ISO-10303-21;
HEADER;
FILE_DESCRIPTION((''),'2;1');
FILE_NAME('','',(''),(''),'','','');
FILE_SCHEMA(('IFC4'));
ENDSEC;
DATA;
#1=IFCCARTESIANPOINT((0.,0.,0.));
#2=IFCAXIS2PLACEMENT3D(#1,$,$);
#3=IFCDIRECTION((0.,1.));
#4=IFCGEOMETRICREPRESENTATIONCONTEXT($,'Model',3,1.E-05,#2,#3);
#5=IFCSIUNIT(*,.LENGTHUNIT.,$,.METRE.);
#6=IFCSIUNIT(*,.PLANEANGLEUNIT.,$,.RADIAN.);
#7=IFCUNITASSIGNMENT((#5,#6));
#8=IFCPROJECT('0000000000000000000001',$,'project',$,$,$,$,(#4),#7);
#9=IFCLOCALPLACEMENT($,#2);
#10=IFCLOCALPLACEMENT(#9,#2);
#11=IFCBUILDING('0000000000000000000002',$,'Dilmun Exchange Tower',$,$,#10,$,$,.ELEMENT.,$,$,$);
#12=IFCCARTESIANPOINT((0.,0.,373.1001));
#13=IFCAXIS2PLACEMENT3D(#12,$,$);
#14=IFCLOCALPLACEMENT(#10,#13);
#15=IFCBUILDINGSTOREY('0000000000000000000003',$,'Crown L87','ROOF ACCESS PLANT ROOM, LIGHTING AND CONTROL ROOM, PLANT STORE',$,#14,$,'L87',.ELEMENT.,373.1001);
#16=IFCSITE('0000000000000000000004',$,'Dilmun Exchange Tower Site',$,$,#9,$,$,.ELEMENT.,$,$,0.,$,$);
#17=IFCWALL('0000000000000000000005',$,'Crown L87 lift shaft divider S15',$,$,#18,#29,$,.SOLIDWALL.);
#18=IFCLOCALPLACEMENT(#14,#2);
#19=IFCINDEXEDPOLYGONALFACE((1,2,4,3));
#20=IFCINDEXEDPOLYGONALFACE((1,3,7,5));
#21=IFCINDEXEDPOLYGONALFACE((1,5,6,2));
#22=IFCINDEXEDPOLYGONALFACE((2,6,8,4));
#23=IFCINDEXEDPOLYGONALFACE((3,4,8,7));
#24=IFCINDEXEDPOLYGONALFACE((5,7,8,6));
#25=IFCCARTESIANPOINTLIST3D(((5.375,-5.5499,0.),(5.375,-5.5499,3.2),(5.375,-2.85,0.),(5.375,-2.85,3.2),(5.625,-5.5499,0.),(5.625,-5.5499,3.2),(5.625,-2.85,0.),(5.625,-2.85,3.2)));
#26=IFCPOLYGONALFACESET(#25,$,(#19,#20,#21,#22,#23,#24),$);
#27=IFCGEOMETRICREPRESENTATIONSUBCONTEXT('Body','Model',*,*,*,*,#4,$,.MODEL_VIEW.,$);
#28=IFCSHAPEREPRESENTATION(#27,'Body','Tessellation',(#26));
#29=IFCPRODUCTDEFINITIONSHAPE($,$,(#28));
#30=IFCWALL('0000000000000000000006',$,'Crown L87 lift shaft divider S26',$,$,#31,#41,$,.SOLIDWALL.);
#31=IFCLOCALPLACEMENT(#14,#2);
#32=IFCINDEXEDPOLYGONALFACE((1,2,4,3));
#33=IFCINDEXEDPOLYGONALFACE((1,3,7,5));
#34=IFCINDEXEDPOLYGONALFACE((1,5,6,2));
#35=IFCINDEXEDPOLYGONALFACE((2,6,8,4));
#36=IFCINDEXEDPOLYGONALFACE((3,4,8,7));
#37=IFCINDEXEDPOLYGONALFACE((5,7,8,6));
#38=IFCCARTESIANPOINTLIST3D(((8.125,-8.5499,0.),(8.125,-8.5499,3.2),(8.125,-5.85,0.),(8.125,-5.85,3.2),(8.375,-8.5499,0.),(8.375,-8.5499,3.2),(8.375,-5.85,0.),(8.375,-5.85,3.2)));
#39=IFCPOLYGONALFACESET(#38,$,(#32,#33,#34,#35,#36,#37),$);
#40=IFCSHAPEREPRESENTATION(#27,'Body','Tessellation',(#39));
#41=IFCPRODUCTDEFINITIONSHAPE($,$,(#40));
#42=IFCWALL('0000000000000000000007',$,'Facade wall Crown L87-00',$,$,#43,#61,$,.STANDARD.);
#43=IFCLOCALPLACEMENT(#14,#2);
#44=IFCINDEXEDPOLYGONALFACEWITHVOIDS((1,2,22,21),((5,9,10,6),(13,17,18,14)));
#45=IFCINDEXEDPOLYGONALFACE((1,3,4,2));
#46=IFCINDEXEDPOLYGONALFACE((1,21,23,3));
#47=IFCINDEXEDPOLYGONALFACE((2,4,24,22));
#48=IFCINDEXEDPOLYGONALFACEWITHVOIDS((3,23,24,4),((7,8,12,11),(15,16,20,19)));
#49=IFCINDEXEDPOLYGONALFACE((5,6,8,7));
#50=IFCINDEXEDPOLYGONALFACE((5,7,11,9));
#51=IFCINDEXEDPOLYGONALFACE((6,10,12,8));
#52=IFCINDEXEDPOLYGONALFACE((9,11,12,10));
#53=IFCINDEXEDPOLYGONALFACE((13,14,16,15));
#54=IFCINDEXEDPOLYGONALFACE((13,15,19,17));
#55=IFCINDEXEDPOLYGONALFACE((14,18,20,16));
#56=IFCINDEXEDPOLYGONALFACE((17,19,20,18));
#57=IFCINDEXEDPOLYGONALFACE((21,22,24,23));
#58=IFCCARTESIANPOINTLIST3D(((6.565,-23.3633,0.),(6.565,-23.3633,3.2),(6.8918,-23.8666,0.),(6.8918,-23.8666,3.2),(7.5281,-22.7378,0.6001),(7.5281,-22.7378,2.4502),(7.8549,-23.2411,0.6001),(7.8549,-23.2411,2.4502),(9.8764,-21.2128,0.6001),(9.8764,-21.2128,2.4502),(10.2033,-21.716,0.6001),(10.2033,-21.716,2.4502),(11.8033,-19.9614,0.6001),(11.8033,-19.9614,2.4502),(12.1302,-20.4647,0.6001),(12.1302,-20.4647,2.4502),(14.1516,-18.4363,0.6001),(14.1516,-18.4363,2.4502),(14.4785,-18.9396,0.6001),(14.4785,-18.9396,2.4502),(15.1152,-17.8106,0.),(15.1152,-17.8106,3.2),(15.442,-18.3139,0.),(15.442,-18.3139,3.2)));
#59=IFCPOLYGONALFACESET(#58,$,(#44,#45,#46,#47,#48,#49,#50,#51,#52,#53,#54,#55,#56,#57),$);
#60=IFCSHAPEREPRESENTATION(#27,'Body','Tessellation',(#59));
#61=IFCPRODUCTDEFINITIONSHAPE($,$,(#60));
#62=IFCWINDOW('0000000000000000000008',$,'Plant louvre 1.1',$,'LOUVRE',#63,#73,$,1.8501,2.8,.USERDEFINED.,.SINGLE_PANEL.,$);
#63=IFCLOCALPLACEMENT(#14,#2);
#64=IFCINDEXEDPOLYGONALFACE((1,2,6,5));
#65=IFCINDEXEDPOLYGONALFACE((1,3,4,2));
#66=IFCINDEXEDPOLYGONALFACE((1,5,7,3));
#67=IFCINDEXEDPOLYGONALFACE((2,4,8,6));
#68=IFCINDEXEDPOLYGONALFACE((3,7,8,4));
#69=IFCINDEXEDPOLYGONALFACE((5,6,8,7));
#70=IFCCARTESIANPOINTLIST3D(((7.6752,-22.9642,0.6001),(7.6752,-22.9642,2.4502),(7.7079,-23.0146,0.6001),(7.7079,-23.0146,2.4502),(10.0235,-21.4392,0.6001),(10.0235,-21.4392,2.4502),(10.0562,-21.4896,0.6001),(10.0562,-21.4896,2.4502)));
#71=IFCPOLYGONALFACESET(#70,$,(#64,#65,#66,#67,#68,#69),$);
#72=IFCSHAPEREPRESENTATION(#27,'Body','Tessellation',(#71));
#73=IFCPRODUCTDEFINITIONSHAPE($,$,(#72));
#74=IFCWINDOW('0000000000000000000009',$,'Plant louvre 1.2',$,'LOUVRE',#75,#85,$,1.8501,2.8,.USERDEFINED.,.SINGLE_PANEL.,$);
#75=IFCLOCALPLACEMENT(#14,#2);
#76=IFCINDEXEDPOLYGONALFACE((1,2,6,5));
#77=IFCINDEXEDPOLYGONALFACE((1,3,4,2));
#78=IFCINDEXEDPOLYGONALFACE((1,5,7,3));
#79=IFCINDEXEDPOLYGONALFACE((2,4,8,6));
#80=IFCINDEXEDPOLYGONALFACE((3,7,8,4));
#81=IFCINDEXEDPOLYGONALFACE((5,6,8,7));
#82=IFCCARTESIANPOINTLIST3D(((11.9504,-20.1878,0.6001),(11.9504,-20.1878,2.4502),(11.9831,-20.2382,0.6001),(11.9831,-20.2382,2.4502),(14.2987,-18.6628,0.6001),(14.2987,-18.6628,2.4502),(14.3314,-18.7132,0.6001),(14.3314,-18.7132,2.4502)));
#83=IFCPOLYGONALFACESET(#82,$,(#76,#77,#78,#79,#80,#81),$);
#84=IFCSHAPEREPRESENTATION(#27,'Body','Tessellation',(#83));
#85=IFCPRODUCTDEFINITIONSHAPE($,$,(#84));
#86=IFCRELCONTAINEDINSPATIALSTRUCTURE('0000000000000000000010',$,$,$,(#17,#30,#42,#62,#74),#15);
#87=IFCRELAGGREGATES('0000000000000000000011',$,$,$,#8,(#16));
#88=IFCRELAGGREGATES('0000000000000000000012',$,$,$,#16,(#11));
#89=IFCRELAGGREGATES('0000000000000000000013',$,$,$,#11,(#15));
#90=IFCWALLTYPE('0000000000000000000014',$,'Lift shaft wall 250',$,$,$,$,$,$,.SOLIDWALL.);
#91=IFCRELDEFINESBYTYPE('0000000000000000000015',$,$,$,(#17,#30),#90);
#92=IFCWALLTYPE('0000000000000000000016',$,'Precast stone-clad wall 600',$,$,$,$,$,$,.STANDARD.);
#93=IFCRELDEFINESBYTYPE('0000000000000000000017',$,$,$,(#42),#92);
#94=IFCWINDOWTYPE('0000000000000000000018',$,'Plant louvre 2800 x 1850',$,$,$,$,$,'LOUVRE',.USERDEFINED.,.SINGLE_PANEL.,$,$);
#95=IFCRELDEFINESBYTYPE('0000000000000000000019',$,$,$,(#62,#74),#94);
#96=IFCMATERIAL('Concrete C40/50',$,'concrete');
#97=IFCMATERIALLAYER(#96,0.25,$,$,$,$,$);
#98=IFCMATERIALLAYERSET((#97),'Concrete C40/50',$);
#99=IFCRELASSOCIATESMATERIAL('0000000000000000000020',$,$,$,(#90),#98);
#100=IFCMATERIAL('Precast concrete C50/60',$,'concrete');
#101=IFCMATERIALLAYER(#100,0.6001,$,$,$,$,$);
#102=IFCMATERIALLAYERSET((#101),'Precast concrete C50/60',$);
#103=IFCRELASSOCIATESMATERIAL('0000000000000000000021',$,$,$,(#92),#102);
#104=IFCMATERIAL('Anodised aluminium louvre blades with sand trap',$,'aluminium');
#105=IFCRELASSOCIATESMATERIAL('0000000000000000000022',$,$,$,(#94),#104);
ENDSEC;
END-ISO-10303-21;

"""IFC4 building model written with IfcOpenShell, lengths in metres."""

from ifc_helpers import new_model, si_unit, direction, frame, frame_2d, origin, place, context, subcontext, project, spatial, rectangle, extrude, material, layer, layer_set, type_object, element, fill, save


model = new_model("IFC4")

# Units and contexts
model_context = context("Model", 3, precision=1e-05, world=origin(), true_north=direction((0.0, 1.0)))
body_context = subcontext(model_context, "Body", "Model", "MODEL_VIEW")
ifc_project = project(units=[si_unit("LENGTHUNIT", "METRE"), si_unit("PLANEANGLEUNIT", "RADIAN")], contexts=[model_context])

# Site, building, storey
site_placement = place(None, origin())
site = spatial("IfcSite", under=ifc_project, at=site_placement, Name="Dilmun Exchange Tower Site", CompositionType="ELEMENT", RefElevation=0.0)
building_placement = place(site_placement, origin())
building = spatial("IfcBuilding", under=site, at=building_placement, Name="Dilmun Exchange Tower", CompositionType="ELEMENT")
storey_placement = place(building_placement, frame((0.0, 0.0, 373.1001)))
storey = spatial("IfcBuildingStorey", under=building, at=storey_placement, Name="Crown L87", Description="ROOF ACCESS PLANT ROOM, LIGHTING AND CONTROL ROOM, PLANT STORE", LongName="L87", CompositionType="ELEMENT", Elevation=373.1001)

# Shared definitions
ifc_material_1 = material(Name="Concrete C40/50", Category="concrete")

# Walls
ifc_layer_1 = layer(ifc_material_1, 0.25)
ifc_layer_set_1 = layer_set([ifc_layer_1], Name="Concrete C40/50")
wall_type_1 = type_object("IfcWallType", Name="Lift shaft wall 250", PredefinedType="SOLIDWALL", material=ifc_layer_set_1)
for number, where, z_axis, x_axis, name in (
    (1, (5.5, -5.55, 0.0), (0.0, 0.0, 1.0), (0.0, 1.0, 0.0), "Crown L87 lift shaft divider S15"),
    (2, (8.25, -8.55, 0.0), (0.0, 0.0, 1.0), (0.0, 1.0, 0.0), "Crown L87 lift shaft divider S26"),
):
    element("IfcWall", number, at=place(storey_placement, frame(where, z_axis=z_axis, x_axis=x_axis)), inside=storey, type_object=wall_type_1, Name=name, PredefinedType="SOLIDWALL", context=body_context, shape_type="SweptSolid", body=[
        extrude(rectangle(XDim=2.7, YDim=0.25, at=frame_2d((1.3501, 0.0))), origin(), (0.0, 0.0, 1.0), 3.2),
    ])

# Wall, openings, windows
ifc_material_2 = material(Name="Precast concrete C50/60", Category="concrete")
ifc_layer_2 = layer(ifc_material_2, 0.6001)
ifc_layer_set_2 = layer_set([ifc_layer_2], Name="Precast concrete C50/60")
wall_type_2 = type_object("IfcWallType", Name="Precast stone-clad wall 600", PredefinedType="STANDARD", material=ifc_layer_set_2)
wall_1_placement = place(storey_placement, frame((6.7283, -23.615, 0.0), z_axis=(0.0, 0.0, 1.0), x_axis=(0.838666, 0.544647, 0.0)))
wall_1 = element("IfcWall", 3, at=wall_1_placement, inside=storey, type_object=wall_type_2, Name="Facade wall Crown L87-00", PredefinedType="STANDARD", context=body_context, shape_type="SweptSolid", body=[
    extrude(rectangle(XDim=10.1951, YDim=0.6001, at=frame_2d((5.0977, 0.0))), origin(), (0.0, 0.0, 1.0), 3.2),
])
opening_1_placement = place(wall_1_placement, frame((1.1487, 0.0, 0.6001)))
opening_1 = element("IfcOpeningElement", 4, at=opening_1_placement, cuts=wall_1, PredefinedType="OPENING", context=body_context, shape_type="SweptSolid", body=[
    extrude(rectangle(XDim=2.8, YDim=1.8501, at=frame_2d((1.3999, 0.925))), frame((0.0, 0.3101, 0.0), z_axis=(0.0, -1.0, 0.0), x_axis=(1.0, 0.0, 0.0)), (0.0, 0.0, 1.0), 0.6201),
])
opening_2_placement = place(wall_1_placement, frame((6.2463, 0.0, 0.6001)))
opening_2 = element("IfcOpeningElement", 5, at=opening_2_placement, cuts=wall_1, PredefinedType="OPENING", context=body_context, shape_type="SweptSolid", body=[
    extrude(rectangle(XDim=2.8, YDim=1.8501, at=frame_2d((1.3999, 0.925))), frame((0.0, 0.3101, 0.0), z_axis=(0.0, -1.0, 0.0), x_axis=(1.0, 0.0, 0.0)), (0.0, 0.0, 1.0), 0.6201),
])
ifc_material_3 = material(Name="Anodised aluminium louvre blades with sand trap", Category="aluminium")
window_type_1 = type_object("IfcWindowType", Name="Plant louvre 2800 x 1850", ElementType="LOUVRE", PartitioningType="SINGLE_PANEL", PredefinedType="USERDEFINED", material=ifc_material_3)
window_1_placement = place(opening_1_placement, origin())
window_1 = element("IfcWindow", 6, at=window_1_placement, inside=storey, type_object=window_type_1, Name="Plant louvre 1.1", ObjectType="LOUVRE", OverallHeight=1.8501, OverallWidth=2.8, PartitioningType="SINGLE_PANEL", PredefinedType="USERDEFINED", context=body_context, shape_type="SweptSolid", body=[
    extrude(rectangle(XDim=2.8, YDim=1.8501, at=frame_2d((1.3999, 0.925))), frame((0.0, 0.03, 0.0), z_axis=(0.0, -1.0, 0.0), x_axis=(1.0, 0.0, 0.0)), (0.0, 0.0, 1.0), 0.0601),
])
fill(opening_1, window_1)
window_2_placement = place(opening_2_placement, origin())
window_2 = element("IfcWindow", 7, at=window_2_placement, inside=storey, type_object=window_type_1, Name="Plant louvre 1.2", ObjectType="LOUVRE", OverallHeight=1.8501, OverallWidth=2.8, PartitioningType="SINGLE_PANEL", PredefinedType="USERDEFINED", context=body_context, shape_type="SweptSolid", body=[
    extrude(rectangle(XDim=2.8, YDim=1.8501, at=frame_2d((1.3999, 0.925))), frame((0.0, 0.03, 0.0), z_axis=(0.0, -1.0, 0.0), x_axis=(1.0, 0.0, 0.0)), (0.0, 0.0, 1.0), 0.0601),
])
fill(opening_2, window_2)

save(model, "model.ifc")
